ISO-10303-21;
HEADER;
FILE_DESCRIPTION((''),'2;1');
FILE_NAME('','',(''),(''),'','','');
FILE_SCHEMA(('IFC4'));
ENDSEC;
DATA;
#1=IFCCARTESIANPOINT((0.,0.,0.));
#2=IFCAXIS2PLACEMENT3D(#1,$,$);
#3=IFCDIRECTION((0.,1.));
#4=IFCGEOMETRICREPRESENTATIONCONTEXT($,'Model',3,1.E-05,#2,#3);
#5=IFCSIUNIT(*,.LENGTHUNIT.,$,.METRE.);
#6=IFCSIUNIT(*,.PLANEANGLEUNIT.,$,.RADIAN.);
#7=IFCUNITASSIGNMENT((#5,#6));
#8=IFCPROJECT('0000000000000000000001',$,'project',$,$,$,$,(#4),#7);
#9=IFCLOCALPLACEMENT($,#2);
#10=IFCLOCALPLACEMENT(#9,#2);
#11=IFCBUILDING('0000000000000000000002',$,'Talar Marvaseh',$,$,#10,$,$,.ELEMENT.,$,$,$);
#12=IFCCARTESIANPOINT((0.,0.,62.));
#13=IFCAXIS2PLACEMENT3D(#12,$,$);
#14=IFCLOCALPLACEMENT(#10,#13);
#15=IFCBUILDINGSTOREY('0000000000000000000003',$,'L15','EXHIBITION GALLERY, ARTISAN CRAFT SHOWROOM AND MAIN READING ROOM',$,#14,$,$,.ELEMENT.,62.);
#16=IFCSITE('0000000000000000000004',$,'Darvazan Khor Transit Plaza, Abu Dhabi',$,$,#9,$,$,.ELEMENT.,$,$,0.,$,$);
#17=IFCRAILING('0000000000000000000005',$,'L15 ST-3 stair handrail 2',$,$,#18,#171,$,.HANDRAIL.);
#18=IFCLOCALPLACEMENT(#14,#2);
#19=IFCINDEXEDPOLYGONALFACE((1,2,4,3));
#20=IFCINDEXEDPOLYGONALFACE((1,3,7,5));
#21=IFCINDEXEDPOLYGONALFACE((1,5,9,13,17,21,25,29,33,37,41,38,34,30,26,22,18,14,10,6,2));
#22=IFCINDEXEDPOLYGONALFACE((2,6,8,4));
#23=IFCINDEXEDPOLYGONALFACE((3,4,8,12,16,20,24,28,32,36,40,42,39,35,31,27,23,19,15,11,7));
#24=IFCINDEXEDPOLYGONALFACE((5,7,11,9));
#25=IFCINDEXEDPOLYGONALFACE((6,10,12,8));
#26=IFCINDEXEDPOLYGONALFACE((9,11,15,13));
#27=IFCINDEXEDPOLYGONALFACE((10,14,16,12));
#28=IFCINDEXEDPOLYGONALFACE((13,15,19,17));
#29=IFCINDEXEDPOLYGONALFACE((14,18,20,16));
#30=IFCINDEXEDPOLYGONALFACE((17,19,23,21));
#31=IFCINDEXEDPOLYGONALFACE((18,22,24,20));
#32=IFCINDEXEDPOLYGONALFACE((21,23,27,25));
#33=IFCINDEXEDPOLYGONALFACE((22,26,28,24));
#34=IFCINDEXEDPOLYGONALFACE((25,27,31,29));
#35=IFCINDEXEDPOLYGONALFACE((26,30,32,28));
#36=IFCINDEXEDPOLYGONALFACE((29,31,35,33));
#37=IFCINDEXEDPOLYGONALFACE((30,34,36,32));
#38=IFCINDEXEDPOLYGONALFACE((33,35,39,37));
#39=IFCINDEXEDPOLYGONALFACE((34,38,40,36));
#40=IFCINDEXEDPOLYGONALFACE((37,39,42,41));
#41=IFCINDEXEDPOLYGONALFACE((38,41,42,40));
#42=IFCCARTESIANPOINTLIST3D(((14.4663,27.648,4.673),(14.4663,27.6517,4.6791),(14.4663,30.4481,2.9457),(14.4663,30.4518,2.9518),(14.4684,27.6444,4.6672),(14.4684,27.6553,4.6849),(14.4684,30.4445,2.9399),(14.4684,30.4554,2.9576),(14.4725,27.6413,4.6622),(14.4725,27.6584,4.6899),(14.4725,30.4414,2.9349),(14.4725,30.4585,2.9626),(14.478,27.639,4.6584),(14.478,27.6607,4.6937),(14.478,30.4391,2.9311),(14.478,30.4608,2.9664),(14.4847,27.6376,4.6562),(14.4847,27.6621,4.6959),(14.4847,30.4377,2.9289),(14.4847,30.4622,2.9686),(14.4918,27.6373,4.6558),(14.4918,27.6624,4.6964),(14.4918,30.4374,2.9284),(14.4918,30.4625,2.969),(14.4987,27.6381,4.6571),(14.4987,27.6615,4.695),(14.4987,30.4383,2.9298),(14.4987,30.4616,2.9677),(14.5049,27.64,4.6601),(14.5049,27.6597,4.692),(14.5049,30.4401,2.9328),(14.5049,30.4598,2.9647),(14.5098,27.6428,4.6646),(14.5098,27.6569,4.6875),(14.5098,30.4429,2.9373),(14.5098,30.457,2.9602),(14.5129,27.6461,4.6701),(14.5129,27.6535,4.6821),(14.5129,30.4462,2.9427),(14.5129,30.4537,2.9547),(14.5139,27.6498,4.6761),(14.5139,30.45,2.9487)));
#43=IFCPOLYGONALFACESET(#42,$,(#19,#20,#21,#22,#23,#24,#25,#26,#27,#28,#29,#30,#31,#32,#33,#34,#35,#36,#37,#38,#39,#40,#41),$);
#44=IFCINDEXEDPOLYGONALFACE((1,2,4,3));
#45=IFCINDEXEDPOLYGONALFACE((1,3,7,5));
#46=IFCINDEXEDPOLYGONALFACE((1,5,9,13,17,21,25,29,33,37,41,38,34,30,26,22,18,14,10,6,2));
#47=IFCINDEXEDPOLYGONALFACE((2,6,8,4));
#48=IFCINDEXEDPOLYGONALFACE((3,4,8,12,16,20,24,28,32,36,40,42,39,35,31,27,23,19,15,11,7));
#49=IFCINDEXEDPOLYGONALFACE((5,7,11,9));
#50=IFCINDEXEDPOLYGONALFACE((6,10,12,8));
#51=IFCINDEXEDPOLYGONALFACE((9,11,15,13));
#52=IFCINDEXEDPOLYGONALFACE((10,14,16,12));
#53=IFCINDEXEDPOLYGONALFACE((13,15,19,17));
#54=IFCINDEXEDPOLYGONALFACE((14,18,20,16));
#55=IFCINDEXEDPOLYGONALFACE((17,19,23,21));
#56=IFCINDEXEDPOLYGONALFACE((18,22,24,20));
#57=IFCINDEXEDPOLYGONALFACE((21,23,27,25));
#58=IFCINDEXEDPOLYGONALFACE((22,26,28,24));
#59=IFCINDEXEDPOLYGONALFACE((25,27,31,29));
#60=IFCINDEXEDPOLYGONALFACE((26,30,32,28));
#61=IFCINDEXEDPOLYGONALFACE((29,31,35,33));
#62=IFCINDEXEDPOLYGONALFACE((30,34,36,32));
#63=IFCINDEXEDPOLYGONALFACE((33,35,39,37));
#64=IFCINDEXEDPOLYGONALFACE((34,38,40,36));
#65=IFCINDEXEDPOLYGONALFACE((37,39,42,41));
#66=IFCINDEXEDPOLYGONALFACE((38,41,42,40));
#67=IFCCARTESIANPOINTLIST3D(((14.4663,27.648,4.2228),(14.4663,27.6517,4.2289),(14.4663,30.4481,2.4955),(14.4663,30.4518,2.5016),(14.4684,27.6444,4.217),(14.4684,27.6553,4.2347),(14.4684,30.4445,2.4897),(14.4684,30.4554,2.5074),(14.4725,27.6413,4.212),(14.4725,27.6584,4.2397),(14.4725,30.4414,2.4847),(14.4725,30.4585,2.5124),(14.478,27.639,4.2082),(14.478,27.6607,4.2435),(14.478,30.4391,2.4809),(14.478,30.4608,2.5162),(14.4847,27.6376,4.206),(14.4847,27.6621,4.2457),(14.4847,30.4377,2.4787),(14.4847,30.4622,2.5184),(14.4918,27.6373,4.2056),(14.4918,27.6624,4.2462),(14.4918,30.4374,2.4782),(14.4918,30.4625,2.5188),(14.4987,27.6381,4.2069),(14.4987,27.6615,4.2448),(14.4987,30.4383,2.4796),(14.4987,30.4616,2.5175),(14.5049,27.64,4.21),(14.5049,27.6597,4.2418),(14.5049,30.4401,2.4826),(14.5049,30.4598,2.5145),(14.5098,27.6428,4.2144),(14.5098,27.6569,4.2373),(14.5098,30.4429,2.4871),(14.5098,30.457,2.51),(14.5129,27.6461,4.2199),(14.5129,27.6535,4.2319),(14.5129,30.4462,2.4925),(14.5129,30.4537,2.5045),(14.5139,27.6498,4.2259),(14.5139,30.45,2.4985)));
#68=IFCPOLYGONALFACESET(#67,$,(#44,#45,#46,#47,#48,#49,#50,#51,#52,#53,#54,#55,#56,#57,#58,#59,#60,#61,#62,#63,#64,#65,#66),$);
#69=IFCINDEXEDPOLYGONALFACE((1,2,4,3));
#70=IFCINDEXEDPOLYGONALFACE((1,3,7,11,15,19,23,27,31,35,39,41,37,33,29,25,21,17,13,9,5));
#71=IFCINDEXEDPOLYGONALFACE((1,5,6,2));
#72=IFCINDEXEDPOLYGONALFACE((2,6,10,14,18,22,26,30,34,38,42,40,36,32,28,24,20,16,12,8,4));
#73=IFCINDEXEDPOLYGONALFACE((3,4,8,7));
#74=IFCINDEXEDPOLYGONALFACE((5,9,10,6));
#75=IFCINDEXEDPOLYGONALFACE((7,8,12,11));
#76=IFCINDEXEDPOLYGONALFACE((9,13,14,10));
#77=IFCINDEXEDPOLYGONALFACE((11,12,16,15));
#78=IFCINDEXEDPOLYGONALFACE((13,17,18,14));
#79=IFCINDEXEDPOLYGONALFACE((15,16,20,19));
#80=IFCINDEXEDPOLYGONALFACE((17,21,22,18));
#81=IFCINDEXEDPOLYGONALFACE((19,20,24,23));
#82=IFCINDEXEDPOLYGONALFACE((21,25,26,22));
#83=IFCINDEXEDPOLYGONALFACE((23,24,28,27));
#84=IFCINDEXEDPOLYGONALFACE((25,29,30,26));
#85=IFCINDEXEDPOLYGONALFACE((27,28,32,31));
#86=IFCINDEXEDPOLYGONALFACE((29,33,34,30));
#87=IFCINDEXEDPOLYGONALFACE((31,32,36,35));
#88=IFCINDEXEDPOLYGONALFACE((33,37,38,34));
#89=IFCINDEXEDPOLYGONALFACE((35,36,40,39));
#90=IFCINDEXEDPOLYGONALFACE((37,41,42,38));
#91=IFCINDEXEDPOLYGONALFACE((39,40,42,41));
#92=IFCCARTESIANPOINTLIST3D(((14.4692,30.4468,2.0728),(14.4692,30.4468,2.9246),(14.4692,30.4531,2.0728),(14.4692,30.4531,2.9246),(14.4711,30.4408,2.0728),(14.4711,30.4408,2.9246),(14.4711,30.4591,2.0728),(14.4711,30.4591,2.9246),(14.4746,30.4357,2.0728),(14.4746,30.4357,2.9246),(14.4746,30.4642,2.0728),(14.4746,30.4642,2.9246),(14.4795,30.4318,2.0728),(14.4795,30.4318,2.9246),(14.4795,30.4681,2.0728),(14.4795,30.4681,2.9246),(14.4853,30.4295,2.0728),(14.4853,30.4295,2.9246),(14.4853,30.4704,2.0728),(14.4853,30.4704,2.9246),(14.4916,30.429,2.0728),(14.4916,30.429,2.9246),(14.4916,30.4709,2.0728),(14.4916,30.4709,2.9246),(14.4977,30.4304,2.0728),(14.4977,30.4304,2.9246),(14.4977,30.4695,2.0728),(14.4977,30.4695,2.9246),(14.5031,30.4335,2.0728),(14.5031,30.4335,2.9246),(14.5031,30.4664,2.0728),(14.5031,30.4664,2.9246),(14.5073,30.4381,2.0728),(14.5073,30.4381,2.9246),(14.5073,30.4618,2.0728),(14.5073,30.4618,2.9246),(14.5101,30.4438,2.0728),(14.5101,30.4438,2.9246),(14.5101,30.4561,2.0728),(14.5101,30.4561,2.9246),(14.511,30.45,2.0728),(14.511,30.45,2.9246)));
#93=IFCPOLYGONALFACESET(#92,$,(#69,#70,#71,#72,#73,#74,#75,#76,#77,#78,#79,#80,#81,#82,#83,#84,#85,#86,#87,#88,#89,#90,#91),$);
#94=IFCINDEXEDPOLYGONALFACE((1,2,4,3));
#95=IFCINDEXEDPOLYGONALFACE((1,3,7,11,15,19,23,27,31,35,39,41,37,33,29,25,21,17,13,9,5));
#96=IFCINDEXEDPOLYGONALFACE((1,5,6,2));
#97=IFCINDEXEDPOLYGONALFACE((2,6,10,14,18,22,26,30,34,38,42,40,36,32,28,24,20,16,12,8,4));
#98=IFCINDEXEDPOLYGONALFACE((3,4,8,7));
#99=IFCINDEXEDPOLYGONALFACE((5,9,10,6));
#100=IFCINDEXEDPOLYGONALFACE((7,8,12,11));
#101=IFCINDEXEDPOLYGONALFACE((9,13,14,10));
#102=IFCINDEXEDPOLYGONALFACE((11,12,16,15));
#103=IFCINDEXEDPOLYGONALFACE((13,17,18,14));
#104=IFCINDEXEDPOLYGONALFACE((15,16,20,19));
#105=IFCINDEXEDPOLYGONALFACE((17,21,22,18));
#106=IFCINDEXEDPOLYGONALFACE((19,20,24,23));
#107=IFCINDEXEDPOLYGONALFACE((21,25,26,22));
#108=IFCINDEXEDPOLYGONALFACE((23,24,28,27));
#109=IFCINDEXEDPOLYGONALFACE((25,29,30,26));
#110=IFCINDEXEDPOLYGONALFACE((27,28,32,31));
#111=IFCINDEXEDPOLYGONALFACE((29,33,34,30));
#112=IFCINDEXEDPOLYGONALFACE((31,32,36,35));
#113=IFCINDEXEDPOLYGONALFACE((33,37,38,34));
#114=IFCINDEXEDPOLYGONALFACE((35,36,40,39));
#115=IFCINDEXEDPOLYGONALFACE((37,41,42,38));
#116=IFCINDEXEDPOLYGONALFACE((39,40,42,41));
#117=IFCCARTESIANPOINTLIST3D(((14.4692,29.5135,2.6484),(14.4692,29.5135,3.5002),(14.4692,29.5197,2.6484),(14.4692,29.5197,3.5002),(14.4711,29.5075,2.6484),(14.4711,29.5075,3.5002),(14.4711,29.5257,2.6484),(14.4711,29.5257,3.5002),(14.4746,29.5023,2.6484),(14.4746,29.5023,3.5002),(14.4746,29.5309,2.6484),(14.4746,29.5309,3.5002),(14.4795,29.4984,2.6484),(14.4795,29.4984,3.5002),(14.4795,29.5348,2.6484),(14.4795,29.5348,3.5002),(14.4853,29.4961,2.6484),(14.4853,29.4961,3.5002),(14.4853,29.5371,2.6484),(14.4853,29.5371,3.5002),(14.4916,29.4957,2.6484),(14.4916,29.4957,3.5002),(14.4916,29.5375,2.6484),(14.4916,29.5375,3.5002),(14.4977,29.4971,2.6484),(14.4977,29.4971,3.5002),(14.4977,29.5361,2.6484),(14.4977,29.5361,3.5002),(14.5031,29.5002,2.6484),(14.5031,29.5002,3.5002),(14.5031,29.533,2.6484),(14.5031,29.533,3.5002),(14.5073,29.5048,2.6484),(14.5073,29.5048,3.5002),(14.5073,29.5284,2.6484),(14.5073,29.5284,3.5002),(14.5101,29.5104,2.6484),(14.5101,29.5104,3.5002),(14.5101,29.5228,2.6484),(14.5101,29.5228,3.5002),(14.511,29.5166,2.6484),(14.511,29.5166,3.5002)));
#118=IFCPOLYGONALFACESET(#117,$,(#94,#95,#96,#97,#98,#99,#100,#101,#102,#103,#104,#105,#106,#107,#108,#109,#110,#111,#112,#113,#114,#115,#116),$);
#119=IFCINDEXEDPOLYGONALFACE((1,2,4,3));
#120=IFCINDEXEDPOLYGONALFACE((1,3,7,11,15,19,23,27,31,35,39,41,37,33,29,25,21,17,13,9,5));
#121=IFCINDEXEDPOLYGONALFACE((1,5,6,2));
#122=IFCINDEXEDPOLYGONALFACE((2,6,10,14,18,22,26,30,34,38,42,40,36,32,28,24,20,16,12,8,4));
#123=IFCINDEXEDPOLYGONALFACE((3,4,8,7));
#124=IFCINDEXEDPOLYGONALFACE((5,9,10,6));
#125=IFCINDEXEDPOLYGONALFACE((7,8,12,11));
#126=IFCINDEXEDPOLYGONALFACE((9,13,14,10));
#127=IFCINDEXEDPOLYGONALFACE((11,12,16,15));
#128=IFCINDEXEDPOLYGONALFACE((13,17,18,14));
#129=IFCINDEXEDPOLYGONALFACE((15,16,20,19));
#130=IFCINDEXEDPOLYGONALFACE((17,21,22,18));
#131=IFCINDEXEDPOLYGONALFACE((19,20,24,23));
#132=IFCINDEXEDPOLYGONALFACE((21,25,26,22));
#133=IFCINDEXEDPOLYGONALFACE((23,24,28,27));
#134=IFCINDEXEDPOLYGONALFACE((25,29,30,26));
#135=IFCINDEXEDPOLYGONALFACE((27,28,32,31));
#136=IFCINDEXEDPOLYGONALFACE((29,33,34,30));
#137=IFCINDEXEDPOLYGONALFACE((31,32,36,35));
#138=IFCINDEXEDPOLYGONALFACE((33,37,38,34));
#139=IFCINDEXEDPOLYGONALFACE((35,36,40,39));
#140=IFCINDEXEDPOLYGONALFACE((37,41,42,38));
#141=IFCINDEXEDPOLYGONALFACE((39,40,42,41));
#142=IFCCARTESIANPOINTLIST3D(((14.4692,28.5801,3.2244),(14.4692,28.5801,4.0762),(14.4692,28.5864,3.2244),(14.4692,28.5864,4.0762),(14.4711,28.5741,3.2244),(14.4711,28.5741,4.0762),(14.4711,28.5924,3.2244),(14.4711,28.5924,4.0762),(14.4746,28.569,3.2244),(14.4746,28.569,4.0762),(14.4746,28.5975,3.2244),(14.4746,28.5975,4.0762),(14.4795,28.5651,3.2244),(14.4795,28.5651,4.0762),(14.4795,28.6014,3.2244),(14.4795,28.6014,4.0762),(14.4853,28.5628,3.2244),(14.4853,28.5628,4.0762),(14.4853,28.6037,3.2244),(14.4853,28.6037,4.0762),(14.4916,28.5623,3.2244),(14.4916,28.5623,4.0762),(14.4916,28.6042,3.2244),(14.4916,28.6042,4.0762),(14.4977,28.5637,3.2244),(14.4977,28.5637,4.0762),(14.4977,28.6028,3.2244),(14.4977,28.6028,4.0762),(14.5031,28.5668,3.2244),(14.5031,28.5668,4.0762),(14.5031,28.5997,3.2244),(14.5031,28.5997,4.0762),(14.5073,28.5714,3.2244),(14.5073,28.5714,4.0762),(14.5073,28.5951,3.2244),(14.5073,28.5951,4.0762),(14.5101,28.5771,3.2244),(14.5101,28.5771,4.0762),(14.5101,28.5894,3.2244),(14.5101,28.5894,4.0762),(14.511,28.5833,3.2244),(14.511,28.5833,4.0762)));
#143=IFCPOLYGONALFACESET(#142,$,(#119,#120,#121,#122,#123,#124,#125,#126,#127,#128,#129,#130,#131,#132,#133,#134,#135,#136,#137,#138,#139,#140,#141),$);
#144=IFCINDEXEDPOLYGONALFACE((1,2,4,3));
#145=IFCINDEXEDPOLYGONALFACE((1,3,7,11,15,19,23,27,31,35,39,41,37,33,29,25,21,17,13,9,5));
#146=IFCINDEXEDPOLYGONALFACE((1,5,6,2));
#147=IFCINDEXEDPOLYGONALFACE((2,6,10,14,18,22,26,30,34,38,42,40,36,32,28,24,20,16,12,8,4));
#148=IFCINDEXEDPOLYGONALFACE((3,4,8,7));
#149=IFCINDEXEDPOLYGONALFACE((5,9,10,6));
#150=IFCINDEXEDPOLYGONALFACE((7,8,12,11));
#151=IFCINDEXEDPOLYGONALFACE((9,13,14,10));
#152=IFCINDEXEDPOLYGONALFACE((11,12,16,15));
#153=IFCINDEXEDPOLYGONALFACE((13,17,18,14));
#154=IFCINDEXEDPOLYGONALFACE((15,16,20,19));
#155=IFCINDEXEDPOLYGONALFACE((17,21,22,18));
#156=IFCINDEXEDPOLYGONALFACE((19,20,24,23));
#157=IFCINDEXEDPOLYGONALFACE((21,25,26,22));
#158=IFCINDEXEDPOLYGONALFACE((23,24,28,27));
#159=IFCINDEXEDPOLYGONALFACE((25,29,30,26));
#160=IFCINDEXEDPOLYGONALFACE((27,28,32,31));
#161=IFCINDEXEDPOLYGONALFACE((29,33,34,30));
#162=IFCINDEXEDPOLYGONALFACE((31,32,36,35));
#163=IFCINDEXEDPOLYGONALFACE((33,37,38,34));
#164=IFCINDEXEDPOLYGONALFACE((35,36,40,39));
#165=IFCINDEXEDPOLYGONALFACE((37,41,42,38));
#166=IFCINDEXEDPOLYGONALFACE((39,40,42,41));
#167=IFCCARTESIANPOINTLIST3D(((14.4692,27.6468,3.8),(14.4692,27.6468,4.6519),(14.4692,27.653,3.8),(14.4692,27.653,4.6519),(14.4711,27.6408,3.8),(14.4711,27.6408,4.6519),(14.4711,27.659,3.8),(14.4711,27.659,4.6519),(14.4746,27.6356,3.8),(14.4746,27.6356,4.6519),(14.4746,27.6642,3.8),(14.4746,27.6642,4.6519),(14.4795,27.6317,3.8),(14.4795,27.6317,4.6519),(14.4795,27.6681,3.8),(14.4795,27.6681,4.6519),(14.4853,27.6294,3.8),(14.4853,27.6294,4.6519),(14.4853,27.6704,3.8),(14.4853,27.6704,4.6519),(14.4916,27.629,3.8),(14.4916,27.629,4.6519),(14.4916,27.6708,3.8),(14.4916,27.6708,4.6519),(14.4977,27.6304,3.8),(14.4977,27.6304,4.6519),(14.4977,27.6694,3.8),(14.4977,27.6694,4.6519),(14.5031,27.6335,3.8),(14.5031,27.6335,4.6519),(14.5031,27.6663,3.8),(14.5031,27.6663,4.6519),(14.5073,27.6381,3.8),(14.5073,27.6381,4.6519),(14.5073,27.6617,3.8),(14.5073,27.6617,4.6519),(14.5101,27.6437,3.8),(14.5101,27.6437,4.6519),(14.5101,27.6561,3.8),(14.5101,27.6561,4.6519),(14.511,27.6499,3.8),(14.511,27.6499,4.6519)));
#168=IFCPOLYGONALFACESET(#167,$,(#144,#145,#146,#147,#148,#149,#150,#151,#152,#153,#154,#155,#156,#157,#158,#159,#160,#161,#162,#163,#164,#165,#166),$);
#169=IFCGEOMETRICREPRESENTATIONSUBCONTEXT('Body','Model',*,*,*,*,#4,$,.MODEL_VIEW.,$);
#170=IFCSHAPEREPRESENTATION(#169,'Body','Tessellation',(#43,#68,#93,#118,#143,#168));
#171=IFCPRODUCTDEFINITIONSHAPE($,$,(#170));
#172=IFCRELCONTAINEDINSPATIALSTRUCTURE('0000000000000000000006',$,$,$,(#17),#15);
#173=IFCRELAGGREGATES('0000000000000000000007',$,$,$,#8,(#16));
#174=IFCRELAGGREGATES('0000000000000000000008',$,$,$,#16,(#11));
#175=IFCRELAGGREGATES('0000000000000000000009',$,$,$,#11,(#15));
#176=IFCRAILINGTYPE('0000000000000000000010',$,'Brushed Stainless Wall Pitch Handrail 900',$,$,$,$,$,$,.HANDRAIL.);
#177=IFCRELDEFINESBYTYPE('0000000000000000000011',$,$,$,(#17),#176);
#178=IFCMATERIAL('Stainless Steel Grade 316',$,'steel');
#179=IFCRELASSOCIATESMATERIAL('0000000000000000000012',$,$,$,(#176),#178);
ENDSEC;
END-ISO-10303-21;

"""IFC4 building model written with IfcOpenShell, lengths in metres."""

from ifc_helpers import new_model, si_unit, direction, frame, origin, origin_2d, place, context, subcontext, project, spatial, circle, extrude, material, type_object, element, save


model = new_model("IFC4")

# Units and contexts
model_context = context("Model", 3, precision=1e-05, world=origin(), true_north=direction((0.0, 1.0)))
body_context = subcontext(model_context, "Body", "Model", "MODEL_VIEW")
ifc_project = project(units=[si_unit("LENGTHUNIT", "METRE"), si_unit("PLANEANGLEUNIT", "RADIAN")], contexts=[model_context])

# Site, building, storey
site_placement = place(None, origin())
site = spatial("IfcSite", under=ifc_project, at=site_placement, Name="Darvazan Khor Transit Plaza, Abu Dhabi", CompositionType="ELEMENT", RefElevation=0.0)
building_placement = place(site_placement, origin())
building = spatial("IfcBuilding", under=site, at=building_placement, Name="Talar Marvaseh", CompositionType="ELEMENT")
storey_placement = place(building_placement, frame((0.0, 0.0, 62.0)))
storey = spatial("IfcBuildingStorey", under=building, at=storey_placement, Name="L15", Description="EXHIBITION GALLERY, ARTISAN CRAFT SHOWROOM AND MAIN READING ROOM", CompositionType="ELEMENT", Elevation=62.0)

# Railing
ifc_material_1 = material(Name="Stainless Steel Grade 316", Category="steel")
railing_type_1 = type_object("IfcRailingType", Name="Brushed Stainless Wall Pitch Handrail 900", PredefinedType="HANDRAIL", material=ifc_material_1)
railing_1_placement = place(storey_placement, frame((14.49, 30.45, 2.0728)))
element("IfcRailing", 1, at=railing_1_placement, inside=storey, type_object=railing_type_1, Name="L15 ST-3 stair handrail 2", PredefinedType="HANDRAIL", context=body_context, shape_type="SweptSolid", body=[
    extrude(circle(Radius=0.0239, at=origin_2d()), frame((0.0, 0.0, 0.876), z_axis=(0.0, -0.85109, 0.52502), x_axis=(1.0, 0.0, 0.0)), (0.0, 0.0, 1.0), 3.29),
    extrude(circle(Radius=0.0239, at=origin_2d()), frame((0.0, 0.0, 0.4258), z_axis=(0.0, -0.85109, 0.52502), x_axis=(1.0, 0.0, 0.0)), (0.0, 0.0, 1.0), 3.29),
    extrude(circle(Radius=0.021, at=origin_2d()), origin(), (0.0, 0.0, 1.0), 0.8518),
    extrude(circle(Radius=0.021, at=origin_2d()), frame((0.0, -0.9333, 0.5757)), (0.0, 0.0, 1.0), 0.8518),
    extrude(circle(Radius=0.021, at=origin_2d()), frame((0.0, -1.8667, 1.1516)), (0.0, 0.0, 1.0), 0.8518),
    extrude(circle(Radius=0.021, at=origin_2d()), frame((0.0, -2.8, 1.7273)), (0.0, 0.0, 1.0), 0.8518),
])

save(model, "model.ifc")
